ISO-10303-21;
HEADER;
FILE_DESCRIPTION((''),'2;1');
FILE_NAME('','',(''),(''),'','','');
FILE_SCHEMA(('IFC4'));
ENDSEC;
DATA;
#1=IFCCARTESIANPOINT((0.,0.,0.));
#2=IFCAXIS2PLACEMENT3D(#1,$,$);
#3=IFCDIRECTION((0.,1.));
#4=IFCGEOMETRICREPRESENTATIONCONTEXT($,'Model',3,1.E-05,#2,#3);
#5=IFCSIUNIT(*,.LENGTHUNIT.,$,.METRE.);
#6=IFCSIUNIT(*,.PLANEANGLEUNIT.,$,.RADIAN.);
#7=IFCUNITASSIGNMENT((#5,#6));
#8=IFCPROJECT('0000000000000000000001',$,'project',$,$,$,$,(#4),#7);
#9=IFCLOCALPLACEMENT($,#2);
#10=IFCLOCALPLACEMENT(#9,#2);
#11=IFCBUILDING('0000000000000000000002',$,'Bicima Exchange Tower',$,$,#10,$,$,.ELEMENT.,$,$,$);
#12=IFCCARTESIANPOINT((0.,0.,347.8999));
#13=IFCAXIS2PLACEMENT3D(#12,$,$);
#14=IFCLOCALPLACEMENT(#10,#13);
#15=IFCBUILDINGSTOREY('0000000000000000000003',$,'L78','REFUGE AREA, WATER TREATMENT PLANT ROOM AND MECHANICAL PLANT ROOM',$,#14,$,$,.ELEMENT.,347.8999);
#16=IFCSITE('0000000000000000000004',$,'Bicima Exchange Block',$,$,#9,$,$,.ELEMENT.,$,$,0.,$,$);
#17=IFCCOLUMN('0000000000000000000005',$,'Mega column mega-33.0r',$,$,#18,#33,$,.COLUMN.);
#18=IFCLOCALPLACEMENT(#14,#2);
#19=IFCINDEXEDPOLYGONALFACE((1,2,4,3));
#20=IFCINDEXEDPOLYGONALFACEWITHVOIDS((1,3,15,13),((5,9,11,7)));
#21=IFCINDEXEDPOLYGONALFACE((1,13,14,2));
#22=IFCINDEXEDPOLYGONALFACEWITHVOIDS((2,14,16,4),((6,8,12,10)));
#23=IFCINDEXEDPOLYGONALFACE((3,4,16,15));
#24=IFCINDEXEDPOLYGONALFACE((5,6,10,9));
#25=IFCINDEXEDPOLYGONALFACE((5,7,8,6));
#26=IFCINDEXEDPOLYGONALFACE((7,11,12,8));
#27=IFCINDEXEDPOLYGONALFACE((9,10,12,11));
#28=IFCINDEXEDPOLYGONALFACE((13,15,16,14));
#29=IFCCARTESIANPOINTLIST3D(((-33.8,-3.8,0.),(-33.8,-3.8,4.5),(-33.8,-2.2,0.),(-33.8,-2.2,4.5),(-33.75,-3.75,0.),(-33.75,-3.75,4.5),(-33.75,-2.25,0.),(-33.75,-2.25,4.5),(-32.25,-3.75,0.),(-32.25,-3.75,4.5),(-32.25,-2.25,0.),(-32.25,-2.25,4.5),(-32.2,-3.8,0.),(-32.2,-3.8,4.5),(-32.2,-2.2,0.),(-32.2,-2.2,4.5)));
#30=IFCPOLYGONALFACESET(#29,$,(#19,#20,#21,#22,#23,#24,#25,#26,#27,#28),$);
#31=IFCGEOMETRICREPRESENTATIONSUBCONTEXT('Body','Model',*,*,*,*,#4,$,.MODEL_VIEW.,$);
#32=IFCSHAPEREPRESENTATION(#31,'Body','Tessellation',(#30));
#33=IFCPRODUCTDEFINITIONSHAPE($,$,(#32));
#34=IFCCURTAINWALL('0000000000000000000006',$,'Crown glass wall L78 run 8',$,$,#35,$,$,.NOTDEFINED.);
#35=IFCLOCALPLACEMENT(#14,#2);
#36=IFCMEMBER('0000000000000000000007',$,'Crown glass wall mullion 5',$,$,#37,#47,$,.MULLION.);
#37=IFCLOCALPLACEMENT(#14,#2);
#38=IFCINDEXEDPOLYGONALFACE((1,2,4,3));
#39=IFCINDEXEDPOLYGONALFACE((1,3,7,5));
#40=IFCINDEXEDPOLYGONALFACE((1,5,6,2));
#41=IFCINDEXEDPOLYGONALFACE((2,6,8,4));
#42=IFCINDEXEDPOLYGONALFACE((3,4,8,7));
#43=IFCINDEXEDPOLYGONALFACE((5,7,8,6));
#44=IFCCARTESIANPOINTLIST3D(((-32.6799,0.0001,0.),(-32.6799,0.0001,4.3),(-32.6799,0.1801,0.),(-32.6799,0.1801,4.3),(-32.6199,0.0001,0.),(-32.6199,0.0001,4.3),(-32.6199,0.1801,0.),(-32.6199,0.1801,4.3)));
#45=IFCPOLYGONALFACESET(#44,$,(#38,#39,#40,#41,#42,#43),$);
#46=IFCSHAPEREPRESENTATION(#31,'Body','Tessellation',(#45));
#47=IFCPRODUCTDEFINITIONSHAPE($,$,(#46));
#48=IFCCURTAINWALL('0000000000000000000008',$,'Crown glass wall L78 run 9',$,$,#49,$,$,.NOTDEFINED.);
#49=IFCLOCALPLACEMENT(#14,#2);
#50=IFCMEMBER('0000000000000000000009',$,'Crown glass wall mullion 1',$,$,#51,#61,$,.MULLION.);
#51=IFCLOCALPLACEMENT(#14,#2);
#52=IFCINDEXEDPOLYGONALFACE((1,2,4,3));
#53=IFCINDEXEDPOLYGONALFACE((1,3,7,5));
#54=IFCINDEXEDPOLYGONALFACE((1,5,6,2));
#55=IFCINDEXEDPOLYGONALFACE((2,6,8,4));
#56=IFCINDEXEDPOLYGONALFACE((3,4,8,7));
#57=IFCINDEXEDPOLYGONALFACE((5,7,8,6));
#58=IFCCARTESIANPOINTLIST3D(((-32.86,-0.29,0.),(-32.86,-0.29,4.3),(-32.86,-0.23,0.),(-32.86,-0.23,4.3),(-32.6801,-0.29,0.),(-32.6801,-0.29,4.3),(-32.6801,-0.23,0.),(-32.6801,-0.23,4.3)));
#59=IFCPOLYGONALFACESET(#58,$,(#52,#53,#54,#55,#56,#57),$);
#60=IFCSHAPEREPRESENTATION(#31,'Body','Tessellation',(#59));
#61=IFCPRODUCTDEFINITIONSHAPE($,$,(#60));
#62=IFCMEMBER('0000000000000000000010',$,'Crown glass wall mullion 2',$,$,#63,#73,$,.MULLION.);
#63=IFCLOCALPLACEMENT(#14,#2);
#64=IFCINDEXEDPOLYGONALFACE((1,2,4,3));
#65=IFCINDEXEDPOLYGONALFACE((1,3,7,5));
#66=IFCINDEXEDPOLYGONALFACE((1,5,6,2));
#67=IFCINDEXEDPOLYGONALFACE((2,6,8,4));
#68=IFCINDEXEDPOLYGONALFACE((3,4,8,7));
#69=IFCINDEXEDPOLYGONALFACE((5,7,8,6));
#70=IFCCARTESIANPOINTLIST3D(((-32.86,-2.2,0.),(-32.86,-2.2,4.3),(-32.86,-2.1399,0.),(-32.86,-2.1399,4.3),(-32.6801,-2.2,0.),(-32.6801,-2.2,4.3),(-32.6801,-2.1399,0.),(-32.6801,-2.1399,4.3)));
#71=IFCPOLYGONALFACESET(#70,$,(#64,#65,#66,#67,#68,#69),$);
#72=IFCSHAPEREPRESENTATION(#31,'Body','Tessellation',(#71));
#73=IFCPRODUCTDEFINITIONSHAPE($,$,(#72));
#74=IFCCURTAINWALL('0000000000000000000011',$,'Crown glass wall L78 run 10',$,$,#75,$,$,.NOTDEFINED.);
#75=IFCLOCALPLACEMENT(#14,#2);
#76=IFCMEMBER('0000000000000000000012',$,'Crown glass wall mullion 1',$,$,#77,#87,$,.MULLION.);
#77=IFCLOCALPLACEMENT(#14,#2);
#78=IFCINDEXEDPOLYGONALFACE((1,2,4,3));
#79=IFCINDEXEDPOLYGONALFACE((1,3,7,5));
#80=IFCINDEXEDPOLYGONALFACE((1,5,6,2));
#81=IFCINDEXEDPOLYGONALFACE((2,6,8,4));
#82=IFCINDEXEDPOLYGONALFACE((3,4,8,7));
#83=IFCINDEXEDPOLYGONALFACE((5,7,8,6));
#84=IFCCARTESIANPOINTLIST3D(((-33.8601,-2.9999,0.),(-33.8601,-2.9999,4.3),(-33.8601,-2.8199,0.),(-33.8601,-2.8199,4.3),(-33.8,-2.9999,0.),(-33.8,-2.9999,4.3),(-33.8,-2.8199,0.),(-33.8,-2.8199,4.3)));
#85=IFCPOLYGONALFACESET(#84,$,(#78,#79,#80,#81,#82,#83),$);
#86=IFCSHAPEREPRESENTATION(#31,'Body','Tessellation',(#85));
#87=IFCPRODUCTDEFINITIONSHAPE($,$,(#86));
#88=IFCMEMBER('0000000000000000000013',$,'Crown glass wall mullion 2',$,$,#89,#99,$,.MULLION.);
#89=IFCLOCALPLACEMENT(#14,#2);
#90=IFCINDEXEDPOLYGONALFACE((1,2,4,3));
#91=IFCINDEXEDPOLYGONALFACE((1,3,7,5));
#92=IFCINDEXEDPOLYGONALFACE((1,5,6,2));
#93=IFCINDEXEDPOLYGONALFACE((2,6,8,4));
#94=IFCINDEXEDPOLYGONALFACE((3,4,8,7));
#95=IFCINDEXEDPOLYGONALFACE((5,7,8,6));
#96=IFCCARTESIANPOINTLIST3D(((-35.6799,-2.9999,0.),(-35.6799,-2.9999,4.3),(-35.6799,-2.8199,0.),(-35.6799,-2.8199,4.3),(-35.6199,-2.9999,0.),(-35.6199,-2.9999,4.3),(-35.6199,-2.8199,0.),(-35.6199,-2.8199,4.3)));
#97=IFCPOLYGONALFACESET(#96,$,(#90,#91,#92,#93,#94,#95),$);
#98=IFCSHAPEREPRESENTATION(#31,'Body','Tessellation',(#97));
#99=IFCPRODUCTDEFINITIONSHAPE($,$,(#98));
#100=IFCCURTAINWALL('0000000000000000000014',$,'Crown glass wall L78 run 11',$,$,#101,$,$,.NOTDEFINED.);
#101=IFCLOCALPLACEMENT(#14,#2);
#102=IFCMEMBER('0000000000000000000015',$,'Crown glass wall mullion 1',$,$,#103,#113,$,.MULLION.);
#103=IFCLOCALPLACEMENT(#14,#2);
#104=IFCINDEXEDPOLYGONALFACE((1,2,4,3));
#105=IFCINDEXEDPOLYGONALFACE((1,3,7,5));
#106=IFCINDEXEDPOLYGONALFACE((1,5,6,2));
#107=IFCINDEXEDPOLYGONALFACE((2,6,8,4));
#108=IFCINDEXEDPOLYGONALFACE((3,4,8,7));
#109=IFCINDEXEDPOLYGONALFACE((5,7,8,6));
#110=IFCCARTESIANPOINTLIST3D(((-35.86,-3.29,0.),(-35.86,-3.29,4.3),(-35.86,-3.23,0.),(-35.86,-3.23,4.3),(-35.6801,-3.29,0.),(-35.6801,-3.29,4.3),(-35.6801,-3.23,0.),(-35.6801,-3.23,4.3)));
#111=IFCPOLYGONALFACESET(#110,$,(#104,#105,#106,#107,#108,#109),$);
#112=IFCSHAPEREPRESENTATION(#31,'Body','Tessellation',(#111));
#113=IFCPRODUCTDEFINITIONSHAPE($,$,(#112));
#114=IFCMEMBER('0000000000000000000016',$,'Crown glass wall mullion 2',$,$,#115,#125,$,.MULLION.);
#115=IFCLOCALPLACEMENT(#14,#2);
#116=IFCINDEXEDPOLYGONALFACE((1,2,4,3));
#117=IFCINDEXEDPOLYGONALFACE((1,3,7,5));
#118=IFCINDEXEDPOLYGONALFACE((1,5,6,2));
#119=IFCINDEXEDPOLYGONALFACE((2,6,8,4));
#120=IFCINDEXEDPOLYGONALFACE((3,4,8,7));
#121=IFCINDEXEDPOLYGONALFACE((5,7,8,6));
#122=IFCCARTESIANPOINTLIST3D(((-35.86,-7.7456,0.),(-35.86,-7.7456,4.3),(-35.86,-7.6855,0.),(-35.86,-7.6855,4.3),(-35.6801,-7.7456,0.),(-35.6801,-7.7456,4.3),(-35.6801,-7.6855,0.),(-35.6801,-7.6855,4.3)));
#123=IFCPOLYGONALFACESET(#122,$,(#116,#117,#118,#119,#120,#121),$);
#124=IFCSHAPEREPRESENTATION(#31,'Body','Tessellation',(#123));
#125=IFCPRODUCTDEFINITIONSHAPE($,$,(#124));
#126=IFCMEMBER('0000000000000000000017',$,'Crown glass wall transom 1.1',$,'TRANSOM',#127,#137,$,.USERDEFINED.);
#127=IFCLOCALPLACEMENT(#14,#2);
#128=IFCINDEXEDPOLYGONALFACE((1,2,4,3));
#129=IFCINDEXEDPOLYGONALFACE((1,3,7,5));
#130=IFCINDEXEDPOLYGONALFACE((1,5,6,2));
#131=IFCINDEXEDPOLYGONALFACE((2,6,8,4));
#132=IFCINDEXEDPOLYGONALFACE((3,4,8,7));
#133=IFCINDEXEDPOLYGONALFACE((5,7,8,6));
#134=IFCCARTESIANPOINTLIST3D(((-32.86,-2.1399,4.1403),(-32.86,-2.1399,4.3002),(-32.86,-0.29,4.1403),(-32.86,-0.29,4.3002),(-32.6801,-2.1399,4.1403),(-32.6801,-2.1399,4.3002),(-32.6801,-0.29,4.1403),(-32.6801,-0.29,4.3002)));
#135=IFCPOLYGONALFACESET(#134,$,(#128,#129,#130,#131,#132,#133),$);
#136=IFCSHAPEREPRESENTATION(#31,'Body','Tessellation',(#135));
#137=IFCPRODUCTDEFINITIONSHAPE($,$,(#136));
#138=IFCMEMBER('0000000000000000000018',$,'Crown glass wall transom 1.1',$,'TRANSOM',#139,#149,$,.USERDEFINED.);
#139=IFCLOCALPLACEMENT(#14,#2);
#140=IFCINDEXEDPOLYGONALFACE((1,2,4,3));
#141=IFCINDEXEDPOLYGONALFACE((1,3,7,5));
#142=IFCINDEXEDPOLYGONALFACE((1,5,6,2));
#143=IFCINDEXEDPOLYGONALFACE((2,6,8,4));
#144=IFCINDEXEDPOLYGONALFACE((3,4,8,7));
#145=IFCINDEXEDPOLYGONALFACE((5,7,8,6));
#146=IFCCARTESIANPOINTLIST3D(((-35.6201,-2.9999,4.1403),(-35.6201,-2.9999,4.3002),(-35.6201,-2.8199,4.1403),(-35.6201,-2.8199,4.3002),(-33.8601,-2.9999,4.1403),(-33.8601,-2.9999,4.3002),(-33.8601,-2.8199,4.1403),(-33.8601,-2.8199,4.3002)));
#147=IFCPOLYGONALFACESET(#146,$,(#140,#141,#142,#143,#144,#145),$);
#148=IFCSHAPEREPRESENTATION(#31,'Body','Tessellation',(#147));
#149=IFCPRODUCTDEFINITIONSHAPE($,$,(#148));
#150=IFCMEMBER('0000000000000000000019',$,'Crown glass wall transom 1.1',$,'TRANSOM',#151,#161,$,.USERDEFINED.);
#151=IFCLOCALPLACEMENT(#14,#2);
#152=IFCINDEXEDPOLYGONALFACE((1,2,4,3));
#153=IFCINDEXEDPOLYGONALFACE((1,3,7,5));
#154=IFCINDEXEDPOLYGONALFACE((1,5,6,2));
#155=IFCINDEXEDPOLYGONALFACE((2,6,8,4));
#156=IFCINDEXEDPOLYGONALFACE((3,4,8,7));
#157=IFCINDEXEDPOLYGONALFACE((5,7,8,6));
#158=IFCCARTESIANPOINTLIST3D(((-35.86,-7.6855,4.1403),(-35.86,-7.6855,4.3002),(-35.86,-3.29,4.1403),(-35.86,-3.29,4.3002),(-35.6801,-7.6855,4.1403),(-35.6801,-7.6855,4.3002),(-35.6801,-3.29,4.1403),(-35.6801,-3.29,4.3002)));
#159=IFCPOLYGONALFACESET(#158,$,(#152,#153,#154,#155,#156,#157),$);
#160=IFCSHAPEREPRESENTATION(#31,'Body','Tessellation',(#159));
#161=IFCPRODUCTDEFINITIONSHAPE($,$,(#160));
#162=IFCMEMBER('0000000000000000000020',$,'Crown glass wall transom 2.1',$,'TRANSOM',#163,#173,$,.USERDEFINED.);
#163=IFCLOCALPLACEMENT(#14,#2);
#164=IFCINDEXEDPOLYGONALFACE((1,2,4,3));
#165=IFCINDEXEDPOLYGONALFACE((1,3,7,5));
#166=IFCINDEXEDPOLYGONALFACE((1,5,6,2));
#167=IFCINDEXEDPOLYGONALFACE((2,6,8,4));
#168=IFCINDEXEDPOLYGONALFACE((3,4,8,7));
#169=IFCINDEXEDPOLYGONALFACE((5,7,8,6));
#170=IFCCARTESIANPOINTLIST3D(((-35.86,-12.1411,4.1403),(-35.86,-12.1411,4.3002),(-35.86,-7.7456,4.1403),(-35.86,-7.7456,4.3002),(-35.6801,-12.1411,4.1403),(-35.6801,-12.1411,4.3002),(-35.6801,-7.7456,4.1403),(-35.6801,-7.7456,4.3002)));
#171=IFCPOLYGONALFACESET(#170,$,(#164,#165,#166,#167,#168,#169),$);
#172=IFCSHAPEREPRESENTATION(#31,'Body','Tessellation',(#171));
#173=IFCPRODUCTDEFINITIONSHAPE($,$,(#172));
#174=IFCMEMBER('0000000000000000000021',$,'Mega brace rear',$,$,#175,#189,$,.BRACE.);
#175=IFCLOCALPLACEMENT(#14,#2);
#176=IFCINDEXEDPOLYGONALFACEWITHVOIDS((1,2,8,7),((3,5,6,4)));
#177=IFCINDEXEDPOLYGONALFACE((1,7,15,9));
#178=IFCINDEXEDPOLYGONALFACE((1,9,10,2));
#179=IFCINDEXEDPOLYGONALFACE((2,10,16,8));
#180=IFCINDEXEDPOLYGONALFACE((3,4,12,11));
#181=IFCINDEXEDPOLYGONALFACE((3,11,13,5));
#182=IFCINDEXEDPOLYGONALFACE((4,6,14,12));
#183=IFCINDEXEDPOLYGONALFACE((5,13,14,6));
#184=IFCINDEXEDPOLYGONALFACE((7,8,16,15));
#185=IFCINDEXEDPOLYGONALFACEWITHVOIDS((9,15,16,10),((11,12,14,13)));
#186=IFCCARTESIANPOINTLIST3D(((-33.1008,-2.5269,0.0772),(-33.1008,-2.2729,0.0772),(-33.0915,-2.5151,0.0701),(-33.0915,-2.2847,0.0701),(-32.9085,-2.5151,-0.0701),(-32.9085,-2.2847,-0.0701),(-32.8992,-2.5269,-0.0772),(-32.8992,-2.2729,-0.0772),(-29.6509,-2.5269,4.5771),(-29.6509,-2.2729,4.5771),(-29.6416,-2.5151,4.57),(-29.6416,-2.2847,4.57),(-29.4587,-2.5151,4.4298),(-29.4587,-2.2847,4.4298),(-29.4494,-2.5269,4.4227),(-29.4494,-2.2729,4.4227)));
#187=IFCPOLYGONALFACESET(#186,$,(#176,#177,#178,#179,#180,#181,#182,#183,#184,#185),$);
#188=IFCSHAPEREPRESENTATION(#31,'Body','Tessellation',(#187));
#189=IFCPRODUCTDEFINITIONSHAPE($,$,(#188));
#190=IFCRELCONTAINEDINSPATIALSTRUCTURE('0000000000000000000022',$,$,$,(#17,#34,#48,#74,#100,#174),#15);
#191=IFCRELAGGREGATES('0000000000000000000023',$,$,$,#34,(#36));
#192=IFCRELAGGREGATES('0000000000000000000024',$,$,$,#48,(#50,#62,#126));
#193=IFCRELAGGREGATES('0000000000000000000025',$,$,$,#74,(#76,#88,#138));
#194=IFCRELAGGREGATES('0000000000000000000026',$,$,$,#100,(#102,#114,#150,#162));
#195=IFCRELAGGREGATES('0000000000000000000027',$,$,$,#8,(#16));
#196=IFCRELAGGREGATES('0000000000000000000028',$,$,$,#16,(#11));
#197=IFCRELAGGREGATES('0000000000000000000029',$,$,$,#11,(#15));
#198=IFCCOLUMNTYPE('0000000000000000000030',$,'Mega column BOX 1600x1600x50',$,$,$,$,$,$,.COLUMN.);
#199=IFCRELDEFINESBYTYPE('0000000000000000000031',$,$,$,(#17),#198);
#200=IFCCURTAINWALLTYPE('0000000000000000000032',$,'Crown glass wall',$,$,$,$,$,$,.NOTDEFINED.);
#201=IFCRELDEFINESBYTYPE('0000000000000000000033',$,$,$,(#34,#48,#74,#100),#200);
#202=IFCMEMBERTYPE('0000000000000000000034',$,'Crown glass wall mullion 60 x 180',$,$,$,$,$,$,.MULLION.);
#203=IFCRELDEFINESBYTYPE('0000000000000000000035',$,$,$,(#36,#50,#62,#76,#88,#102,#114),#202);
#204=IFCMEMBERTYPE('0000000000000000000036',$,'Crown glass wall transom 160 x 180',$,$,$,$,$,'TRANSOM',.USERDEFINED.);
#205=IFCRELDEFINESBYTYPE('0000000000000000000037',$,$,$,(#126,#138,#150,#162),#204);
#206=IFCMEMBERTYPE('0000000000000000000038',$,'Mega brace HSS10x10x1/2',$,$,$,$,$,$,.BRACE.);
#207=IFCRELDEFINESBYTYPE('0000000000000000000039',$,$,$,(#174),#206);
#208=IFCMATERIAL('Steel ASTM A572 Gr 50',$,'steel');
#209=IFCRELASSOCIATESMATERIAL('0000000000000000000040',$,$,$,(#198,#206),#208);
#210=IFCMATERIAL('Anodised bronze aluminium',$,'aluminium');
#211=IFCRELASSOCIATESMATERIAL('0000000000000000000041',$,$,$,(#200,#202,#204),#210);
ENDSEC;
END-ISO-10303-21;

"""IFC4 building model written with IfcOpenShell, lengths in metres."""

from ifc_helpers import new_model, si_unit, direction, frame, origin, origin_2d, place, context, subcontext, project, spatial, rectangle, hollow_rectangle, extrude, material, material_profile, profile_set, type_object, element, aggregate, save


model = new_model("IFC4")

# Units and contexts
model_context = context("Model", 3, precision=1e-05, world=origin(), true_north=direction((0.0, 1.0)))
body_context = subcontext(model_context, "Body", "Model", "MODEL_VIEW")
ifc_project = project(units=[si_unit("LENGTHUNIT", "METRE"), si_unit("PLANEANGLEUNIT", "RADIAN")], contexts=[model_context])

# Site, building, storey
site_placement = place(None, origin())
site = spatial("IfcSite", under=ifc_project, at=site_placement, Name="Bicima Exchange Block", CompositionType="ELEMENT", RefElevation=0.0)
building_placement = place(site_placement, origin())
building = spatial("IfcBuilding", under=site, at=building_placement, Name="Bicima Exchange Tower", CompositionType="ELEMENT")
storey_placement = place(building_placement, frame((0.0, 0.0, 347.8999)))
storey = spatial("IfcBuildingStorey", under=building, at=storey_placement, Name="L78", Description="REFUGE AREA, WATER TREATMENT PLANT ROOM AND MECHANICAL PLANT ROOM", CompositionType="ELEMENT", Elevation=347.8999)

# Column
ifc_material_1 = material(Name="Steel ASTM A572 Gr 50", Category="steel")
ifc_material_profile_1 = material_profile(ifc_material_1, hollow_rectangle(XDim=1.6001, YDim=1.6001, WallThickness=0.05, at=origin_2d()))
ifc_profile_set_1 = profile_set([ifc_material_profile_1], Name="Steel ASTM A572 Gr 50")
column_type = type_object("IfcColumnType", Name="Mega column BOX 1600x1600x50", PredefinedType="COLUMN", material=ifc_profile_set_1)
column_placement = place(storey_placement, frame((-33.0, -3.0, 0.0), z_axis=(0.0, 0.0, 1.0), x_axis=(1.0, 0.0, 0.0)))
element("IfcColumn", 1, at=column_placement, inside=storey, type_object=column_type, Name="Mega column mega-33.0r", PredefinedType="COLUMN", context=body_context, shape_type="SweptSolid", body=[
    extrude(hollow_rectangle(XDim=1.6001, YDim=1.6001, WallThickness=0.05, at=origin_2d()), origin(), (0.0, 0.0, 1.0), 4.5),
])

# Curtain wall, member
ifc_material_2 = material(Name="Anodised bronze aluminium", Category="aluminium")
curtain_wall_type = type_object("IfcCurtainWallType", Name="Crown glass wall", PredefinedType="NOTDEFINED", material=ifc_material_2)
curtain_wall_1_placement = place(storey_placement, origin())
curtain_wall_1 = element("IfcCurtainWall", 2, at=curtain_wall_1_placement, inside=storey, type_object=curtain_wall_type, Name="Crown glass wall L78 run 8", PredefinedType="NOTDEFINED")
ifc_material_profile_2 = material_profile(ifc_material_2, rectangle(XDim=0.1799, YDim=0.0601, at=origin_2d()))
ifc_profile_set_2 = profile_set([ifc_material_profile_2], Name="Anodised bronze aluminium")
member_type_1 = type_object("IfcMemberType", Name="Crown glass wall mullion 60 x 180", PredefinedType="MULLION", material=ifc_profile_set_2)
member_1_placement = place(storey_placement, frame((-32.6499, 0.0901, 0.0), z_axis=(0.0, 0.0, 1.0), x_axis=(0.0, -1.0, 0.0)))
member_1 = element("IfcMember", 3, at=member_1_placement, type_object=member_type_1, Name="Crown glass wall mullion 5", PredefinedType="MULLION", context=body_context, shape_type="SweptSolid", body=[
    extrude(rectangle(XDim=0.1799, YDim=0.0601, at=origin_2d()), origin(), (0.0, 0.0, 1.0), 4.3),
])

# Curtain walls, members
curtain_wall_2_placement = place(storey_placement, origin())
curtain_wall_2 = element("IfcCurtainWall", 4, at=curtain_wall_2_placement, inside=storey, type_object=curtain_wall_type, Name="Crown glass wall L78 run 9", PredefinedType="NOTDEFINED")
member_2_placement = place(storey_placement, frame((-32.77, -0.26, 0.0), z_axis=(0.0, 0.0, 1.0), x_axis=(1.0, 0.0, 0.0)))
member_2 = element("IfcMember", 5, at=member_2_placement, type_object=member_type_1, Name="Crown glass wall mullion 1", PredefinedType="MULLION", context=body_context, shape_type="SweptSolid", body=[
    extrude(rectangle(XDim=0.1799, YDim=0.0601, at=origin_2d()), origin(), (0.0, 0.0, 1.0), 4.3),
])
member_3_placement = place(storey_placement, frame((-32.77, -2.1699, 0.0), z_axis=(0.0, 0.0, 1.0), x_axis=(1.0, 0.0, 0.0)))
member_3 = element("IfcMember", 6, at=member_3_placement, type_object=member_type_1, Name="Crown glass wall mullion 2", PredefinedType="MULLION", context=body_context, shape_type="SweptSolid", body=[
    extrude(rectangle(XDim=0.1799, YDim=0.0601, at=origin_2d()), origin(), (0.0, 0.0, 1.0), 4.3),
])
curtain_wall_3_placement = place(storey_placement, origin())
curtain_wall_3 = element("IfcCurtainWall", 7, at=curtain_wall_3_placement, inside=storey, type_object=curtain_wall_type, Name="Crown glass wall L78 run 10", PredefinedType="NOTDEFINED")
member_4_placement = place(storey_placement, frame((-33.8301, -2.9099, 0.0), z_axis=(0.0, 0.0, 1.0), x_axis=(0.0, -1.0, 0.0)))
member_4 = element("IfcMember", 8, at=member_4_placement, type_object=member_type_1, Name="Crown glass wall mullion 1", PredefinedType="MULLION", context=body_context, shape_type="SweptSolid", body=[
    extrude(rectangle(XDim=0.1799, YDim=0.0601, at=origin_2d()), origin(), (0.0, 0.0, 1.0), 4.3),
])
member_5_placement = place(storey_placement, frame((-35.6499, -2.9099, 0.0), z_axis=(0.0, 0.0, 1.0), x_axis=(0.0, -1.0, 0.0)))
member_5 = element("IfcMember", 9, at=member_5_placement, type_object=member_type_1, Name="Crown glass wall mullion 2", PredefinedType="MULLION", context=body_context, shape_type="SweptSolid", body=[
    extrude(rectangle(XDim=0.1799, YDim=0.0601, at=origin_2d()), origin(), (0.0, 0.0, 1.0), 4.3),
])
curtain_wall_4_placement = place(storey_placement, origin())
curtain_wall_4 = element("IfcCurtainWall", 10, at=curtain_wall_4_placement, inside=storey, type_object=curtain_wall_type, Name="Crown glass wall L78 run 11", PredefinedType="NOTDEFINED")
member_6_placement = place(storey_placement, frame((-35.77, -3.26, 0.0), z_axis=(0.0, 0.0, 1.0), x_axis=(1.0, 0.0, 0.0)))
member_6 = element("IfcMember", 11, at=member_6_placement, type_object=member_type_1, Name="Crown glass wall mullion 1", PredefinedType="MULLION", context=body_context, shape_type="SweptSolid", body=[
    extrude(rectangle(XDim=0.1799, YDim=0.0601, at=origin_2d()), origin(), (0.0, 0.0, 1.0), 4.3),
])
member_7_placement = place(storey_placement, frame((-35.77, -7.7156, 0.0), z_axis=(0.0, 0.0, 1.0), x_axis=(1.0, 0.0, 0.0)))
member_7 = element("IfcMember", 12, at=member_7_placement, type_object=member_type_1, Name="Crown glass wall mullion 2", PredefinedType="MULLION", context=body_context, shape_type="SweptSolid", body=[
    extrude(rectangle(XDim=0.1799, YDim=0.0601, at=origin_2d()), origin(), (0.0, 0.0, 1.0), 4.3),
])

# Members
ifc_material_profile_3 = material_profile(ifc_material_2, rectangle(XDim=0.1799, YDim=0.1599, at=origin_2d()))
ifc_profile_set_3 = profile_set([ifc_material_profile_3], Name="Anodised bronze aluminium")
member_type_2 = type_object("IfcMemberType", Name="Crown glass wall transom 160 x 180", ElementType="TRANSOM", PredefinedType="USERDEFINED", material=ifc_profile_set_3)
member_8_placement = place(storey_placement, frame((-32.77, -0.29, 4.2202), z_axis=(0.0, -1.0, 0.0), x_axis=(1.0, 0.0, 0.0)))
member_8 = element("IfcMember", 13, at=member_8_placement, type_object=member_type_2, Name="Crown glass wall transom 1.1", ObjectType="TRANSOM", PredefinedType="USERDEFINED", context=body_context, shape_type="SweptSolid", body=[
    extrude(rectangle(XDim=0.1799, YDim=0.1599, at=origin_2d()), origin(), (0.0, 0.0, 1.0), 1.8499),
])
member_9_placement = place(storey_placement, frame((-33.8601, -2.9099, 4.2202), z_axis=(-1.0, 0.0, 0.0), x_axis=(0.0, -1.0, 0.0)))
member_9 = element("IfcMember", 14, at=member_9_placement, type_object=member_type_2, Name="Crown glass wall transom 1.1", ObjectType="TRANSOM", PredefinedType="USERDEFINED", context=body_context, shape_type="SweptSolid", body=[
    extrude(rectangle(XDim=0.1799, YDim=0.1599, at=origin_2d()), origin(), (0.0, 0.0, 1.0), 1.76),
])
member_10_placement = place(storey_placement, frame((-35.77, -3.29, 4.2202), z_axis=(0.0, -1.0, 0.0), x_axis=(1.0, 0.0, 0.0)))
member_10 = element("IfcMember", 15, at=member_10_placement, type_object=member_type_2, Name="Crown glass wall transom 1.1", ObjectType="TRANSOM", PredefinedType="USERDEFINED", context=body_context, shape_type="SweptSolid", body=[
    extrude(rectangle(XDim=0.1799, YDim=0.1599, at=origin_2d()), origin(), (0.0, 0.0, 1.0), 4.3955),
])
member_11_placement = place(storey_placement, frame((-35.77, -7.7456, 4.2202), z_axis=(0.0, -1.0, 0.0), x_axis=(1.0, 0.0, 0.0)))
member_11 = element("IfcMember", 16, at=member_11_placement, type_object=member_type_2, Name="Crown glass wall transom 2.1", ObjectType="TRANSOM", PredefinedType="USERDEFINED", context=body_context, shape_type="SweptSolid", body=[
    extrude(rectangle(XDim=0.1799, YDim=0.1599, at=origin_2d()), origin(), (0.0, 0.0, 1.0), 4.3955),
])

# Member
ifc_material_profile_4 = material_profile(ifc_material_1, hollow_rectangle(XDim=0.2539, YDim=0.2539, WallThickness=0.0117, at=origin_2d()))
ifc_profile_set_4 = profile_set([ifc_material_profile_4], Name="Steel ASTM A572 Gr 50")
member_type_3 = type_object("IfcMemberType", Name="Mega brace HSS10x10x1/2", PredefinedType="BRACE", material=ifc_profile_set_4)
member_12_placement = place(storey_placement, frame((-33.0, -2.3999, 0.0), z_axis=(0.608426, 0.0, 0.793611), x_axis=(0.0, 1.0, 0.0)))
element("IfcMember", 17, at=member_12_placement, inside=storey, type_object=member_type_3, Name="Mega brace rear", PredefinedType="BRACE", context=body_context, shape_type="SweptSolid", body=[
    extrude(hollow_rectangle(XDim=0.2539, YDim=0.2539, WallThickness=0.0117, at=origin_2d()), origin(), (0.0, 0.0, 1.0), 5.6702),
])

aggregate(curtain_wall_1, [member_1])
aggregate(curtain_wall_2, [member_2, member_3, member_8])
aggregate(curtain_wall_3, [member_4, member_5, member_9])
aggregate(curtain_wall_4, [member_6, member_7, member_10, member_11])

save(model, "model.ifc")
